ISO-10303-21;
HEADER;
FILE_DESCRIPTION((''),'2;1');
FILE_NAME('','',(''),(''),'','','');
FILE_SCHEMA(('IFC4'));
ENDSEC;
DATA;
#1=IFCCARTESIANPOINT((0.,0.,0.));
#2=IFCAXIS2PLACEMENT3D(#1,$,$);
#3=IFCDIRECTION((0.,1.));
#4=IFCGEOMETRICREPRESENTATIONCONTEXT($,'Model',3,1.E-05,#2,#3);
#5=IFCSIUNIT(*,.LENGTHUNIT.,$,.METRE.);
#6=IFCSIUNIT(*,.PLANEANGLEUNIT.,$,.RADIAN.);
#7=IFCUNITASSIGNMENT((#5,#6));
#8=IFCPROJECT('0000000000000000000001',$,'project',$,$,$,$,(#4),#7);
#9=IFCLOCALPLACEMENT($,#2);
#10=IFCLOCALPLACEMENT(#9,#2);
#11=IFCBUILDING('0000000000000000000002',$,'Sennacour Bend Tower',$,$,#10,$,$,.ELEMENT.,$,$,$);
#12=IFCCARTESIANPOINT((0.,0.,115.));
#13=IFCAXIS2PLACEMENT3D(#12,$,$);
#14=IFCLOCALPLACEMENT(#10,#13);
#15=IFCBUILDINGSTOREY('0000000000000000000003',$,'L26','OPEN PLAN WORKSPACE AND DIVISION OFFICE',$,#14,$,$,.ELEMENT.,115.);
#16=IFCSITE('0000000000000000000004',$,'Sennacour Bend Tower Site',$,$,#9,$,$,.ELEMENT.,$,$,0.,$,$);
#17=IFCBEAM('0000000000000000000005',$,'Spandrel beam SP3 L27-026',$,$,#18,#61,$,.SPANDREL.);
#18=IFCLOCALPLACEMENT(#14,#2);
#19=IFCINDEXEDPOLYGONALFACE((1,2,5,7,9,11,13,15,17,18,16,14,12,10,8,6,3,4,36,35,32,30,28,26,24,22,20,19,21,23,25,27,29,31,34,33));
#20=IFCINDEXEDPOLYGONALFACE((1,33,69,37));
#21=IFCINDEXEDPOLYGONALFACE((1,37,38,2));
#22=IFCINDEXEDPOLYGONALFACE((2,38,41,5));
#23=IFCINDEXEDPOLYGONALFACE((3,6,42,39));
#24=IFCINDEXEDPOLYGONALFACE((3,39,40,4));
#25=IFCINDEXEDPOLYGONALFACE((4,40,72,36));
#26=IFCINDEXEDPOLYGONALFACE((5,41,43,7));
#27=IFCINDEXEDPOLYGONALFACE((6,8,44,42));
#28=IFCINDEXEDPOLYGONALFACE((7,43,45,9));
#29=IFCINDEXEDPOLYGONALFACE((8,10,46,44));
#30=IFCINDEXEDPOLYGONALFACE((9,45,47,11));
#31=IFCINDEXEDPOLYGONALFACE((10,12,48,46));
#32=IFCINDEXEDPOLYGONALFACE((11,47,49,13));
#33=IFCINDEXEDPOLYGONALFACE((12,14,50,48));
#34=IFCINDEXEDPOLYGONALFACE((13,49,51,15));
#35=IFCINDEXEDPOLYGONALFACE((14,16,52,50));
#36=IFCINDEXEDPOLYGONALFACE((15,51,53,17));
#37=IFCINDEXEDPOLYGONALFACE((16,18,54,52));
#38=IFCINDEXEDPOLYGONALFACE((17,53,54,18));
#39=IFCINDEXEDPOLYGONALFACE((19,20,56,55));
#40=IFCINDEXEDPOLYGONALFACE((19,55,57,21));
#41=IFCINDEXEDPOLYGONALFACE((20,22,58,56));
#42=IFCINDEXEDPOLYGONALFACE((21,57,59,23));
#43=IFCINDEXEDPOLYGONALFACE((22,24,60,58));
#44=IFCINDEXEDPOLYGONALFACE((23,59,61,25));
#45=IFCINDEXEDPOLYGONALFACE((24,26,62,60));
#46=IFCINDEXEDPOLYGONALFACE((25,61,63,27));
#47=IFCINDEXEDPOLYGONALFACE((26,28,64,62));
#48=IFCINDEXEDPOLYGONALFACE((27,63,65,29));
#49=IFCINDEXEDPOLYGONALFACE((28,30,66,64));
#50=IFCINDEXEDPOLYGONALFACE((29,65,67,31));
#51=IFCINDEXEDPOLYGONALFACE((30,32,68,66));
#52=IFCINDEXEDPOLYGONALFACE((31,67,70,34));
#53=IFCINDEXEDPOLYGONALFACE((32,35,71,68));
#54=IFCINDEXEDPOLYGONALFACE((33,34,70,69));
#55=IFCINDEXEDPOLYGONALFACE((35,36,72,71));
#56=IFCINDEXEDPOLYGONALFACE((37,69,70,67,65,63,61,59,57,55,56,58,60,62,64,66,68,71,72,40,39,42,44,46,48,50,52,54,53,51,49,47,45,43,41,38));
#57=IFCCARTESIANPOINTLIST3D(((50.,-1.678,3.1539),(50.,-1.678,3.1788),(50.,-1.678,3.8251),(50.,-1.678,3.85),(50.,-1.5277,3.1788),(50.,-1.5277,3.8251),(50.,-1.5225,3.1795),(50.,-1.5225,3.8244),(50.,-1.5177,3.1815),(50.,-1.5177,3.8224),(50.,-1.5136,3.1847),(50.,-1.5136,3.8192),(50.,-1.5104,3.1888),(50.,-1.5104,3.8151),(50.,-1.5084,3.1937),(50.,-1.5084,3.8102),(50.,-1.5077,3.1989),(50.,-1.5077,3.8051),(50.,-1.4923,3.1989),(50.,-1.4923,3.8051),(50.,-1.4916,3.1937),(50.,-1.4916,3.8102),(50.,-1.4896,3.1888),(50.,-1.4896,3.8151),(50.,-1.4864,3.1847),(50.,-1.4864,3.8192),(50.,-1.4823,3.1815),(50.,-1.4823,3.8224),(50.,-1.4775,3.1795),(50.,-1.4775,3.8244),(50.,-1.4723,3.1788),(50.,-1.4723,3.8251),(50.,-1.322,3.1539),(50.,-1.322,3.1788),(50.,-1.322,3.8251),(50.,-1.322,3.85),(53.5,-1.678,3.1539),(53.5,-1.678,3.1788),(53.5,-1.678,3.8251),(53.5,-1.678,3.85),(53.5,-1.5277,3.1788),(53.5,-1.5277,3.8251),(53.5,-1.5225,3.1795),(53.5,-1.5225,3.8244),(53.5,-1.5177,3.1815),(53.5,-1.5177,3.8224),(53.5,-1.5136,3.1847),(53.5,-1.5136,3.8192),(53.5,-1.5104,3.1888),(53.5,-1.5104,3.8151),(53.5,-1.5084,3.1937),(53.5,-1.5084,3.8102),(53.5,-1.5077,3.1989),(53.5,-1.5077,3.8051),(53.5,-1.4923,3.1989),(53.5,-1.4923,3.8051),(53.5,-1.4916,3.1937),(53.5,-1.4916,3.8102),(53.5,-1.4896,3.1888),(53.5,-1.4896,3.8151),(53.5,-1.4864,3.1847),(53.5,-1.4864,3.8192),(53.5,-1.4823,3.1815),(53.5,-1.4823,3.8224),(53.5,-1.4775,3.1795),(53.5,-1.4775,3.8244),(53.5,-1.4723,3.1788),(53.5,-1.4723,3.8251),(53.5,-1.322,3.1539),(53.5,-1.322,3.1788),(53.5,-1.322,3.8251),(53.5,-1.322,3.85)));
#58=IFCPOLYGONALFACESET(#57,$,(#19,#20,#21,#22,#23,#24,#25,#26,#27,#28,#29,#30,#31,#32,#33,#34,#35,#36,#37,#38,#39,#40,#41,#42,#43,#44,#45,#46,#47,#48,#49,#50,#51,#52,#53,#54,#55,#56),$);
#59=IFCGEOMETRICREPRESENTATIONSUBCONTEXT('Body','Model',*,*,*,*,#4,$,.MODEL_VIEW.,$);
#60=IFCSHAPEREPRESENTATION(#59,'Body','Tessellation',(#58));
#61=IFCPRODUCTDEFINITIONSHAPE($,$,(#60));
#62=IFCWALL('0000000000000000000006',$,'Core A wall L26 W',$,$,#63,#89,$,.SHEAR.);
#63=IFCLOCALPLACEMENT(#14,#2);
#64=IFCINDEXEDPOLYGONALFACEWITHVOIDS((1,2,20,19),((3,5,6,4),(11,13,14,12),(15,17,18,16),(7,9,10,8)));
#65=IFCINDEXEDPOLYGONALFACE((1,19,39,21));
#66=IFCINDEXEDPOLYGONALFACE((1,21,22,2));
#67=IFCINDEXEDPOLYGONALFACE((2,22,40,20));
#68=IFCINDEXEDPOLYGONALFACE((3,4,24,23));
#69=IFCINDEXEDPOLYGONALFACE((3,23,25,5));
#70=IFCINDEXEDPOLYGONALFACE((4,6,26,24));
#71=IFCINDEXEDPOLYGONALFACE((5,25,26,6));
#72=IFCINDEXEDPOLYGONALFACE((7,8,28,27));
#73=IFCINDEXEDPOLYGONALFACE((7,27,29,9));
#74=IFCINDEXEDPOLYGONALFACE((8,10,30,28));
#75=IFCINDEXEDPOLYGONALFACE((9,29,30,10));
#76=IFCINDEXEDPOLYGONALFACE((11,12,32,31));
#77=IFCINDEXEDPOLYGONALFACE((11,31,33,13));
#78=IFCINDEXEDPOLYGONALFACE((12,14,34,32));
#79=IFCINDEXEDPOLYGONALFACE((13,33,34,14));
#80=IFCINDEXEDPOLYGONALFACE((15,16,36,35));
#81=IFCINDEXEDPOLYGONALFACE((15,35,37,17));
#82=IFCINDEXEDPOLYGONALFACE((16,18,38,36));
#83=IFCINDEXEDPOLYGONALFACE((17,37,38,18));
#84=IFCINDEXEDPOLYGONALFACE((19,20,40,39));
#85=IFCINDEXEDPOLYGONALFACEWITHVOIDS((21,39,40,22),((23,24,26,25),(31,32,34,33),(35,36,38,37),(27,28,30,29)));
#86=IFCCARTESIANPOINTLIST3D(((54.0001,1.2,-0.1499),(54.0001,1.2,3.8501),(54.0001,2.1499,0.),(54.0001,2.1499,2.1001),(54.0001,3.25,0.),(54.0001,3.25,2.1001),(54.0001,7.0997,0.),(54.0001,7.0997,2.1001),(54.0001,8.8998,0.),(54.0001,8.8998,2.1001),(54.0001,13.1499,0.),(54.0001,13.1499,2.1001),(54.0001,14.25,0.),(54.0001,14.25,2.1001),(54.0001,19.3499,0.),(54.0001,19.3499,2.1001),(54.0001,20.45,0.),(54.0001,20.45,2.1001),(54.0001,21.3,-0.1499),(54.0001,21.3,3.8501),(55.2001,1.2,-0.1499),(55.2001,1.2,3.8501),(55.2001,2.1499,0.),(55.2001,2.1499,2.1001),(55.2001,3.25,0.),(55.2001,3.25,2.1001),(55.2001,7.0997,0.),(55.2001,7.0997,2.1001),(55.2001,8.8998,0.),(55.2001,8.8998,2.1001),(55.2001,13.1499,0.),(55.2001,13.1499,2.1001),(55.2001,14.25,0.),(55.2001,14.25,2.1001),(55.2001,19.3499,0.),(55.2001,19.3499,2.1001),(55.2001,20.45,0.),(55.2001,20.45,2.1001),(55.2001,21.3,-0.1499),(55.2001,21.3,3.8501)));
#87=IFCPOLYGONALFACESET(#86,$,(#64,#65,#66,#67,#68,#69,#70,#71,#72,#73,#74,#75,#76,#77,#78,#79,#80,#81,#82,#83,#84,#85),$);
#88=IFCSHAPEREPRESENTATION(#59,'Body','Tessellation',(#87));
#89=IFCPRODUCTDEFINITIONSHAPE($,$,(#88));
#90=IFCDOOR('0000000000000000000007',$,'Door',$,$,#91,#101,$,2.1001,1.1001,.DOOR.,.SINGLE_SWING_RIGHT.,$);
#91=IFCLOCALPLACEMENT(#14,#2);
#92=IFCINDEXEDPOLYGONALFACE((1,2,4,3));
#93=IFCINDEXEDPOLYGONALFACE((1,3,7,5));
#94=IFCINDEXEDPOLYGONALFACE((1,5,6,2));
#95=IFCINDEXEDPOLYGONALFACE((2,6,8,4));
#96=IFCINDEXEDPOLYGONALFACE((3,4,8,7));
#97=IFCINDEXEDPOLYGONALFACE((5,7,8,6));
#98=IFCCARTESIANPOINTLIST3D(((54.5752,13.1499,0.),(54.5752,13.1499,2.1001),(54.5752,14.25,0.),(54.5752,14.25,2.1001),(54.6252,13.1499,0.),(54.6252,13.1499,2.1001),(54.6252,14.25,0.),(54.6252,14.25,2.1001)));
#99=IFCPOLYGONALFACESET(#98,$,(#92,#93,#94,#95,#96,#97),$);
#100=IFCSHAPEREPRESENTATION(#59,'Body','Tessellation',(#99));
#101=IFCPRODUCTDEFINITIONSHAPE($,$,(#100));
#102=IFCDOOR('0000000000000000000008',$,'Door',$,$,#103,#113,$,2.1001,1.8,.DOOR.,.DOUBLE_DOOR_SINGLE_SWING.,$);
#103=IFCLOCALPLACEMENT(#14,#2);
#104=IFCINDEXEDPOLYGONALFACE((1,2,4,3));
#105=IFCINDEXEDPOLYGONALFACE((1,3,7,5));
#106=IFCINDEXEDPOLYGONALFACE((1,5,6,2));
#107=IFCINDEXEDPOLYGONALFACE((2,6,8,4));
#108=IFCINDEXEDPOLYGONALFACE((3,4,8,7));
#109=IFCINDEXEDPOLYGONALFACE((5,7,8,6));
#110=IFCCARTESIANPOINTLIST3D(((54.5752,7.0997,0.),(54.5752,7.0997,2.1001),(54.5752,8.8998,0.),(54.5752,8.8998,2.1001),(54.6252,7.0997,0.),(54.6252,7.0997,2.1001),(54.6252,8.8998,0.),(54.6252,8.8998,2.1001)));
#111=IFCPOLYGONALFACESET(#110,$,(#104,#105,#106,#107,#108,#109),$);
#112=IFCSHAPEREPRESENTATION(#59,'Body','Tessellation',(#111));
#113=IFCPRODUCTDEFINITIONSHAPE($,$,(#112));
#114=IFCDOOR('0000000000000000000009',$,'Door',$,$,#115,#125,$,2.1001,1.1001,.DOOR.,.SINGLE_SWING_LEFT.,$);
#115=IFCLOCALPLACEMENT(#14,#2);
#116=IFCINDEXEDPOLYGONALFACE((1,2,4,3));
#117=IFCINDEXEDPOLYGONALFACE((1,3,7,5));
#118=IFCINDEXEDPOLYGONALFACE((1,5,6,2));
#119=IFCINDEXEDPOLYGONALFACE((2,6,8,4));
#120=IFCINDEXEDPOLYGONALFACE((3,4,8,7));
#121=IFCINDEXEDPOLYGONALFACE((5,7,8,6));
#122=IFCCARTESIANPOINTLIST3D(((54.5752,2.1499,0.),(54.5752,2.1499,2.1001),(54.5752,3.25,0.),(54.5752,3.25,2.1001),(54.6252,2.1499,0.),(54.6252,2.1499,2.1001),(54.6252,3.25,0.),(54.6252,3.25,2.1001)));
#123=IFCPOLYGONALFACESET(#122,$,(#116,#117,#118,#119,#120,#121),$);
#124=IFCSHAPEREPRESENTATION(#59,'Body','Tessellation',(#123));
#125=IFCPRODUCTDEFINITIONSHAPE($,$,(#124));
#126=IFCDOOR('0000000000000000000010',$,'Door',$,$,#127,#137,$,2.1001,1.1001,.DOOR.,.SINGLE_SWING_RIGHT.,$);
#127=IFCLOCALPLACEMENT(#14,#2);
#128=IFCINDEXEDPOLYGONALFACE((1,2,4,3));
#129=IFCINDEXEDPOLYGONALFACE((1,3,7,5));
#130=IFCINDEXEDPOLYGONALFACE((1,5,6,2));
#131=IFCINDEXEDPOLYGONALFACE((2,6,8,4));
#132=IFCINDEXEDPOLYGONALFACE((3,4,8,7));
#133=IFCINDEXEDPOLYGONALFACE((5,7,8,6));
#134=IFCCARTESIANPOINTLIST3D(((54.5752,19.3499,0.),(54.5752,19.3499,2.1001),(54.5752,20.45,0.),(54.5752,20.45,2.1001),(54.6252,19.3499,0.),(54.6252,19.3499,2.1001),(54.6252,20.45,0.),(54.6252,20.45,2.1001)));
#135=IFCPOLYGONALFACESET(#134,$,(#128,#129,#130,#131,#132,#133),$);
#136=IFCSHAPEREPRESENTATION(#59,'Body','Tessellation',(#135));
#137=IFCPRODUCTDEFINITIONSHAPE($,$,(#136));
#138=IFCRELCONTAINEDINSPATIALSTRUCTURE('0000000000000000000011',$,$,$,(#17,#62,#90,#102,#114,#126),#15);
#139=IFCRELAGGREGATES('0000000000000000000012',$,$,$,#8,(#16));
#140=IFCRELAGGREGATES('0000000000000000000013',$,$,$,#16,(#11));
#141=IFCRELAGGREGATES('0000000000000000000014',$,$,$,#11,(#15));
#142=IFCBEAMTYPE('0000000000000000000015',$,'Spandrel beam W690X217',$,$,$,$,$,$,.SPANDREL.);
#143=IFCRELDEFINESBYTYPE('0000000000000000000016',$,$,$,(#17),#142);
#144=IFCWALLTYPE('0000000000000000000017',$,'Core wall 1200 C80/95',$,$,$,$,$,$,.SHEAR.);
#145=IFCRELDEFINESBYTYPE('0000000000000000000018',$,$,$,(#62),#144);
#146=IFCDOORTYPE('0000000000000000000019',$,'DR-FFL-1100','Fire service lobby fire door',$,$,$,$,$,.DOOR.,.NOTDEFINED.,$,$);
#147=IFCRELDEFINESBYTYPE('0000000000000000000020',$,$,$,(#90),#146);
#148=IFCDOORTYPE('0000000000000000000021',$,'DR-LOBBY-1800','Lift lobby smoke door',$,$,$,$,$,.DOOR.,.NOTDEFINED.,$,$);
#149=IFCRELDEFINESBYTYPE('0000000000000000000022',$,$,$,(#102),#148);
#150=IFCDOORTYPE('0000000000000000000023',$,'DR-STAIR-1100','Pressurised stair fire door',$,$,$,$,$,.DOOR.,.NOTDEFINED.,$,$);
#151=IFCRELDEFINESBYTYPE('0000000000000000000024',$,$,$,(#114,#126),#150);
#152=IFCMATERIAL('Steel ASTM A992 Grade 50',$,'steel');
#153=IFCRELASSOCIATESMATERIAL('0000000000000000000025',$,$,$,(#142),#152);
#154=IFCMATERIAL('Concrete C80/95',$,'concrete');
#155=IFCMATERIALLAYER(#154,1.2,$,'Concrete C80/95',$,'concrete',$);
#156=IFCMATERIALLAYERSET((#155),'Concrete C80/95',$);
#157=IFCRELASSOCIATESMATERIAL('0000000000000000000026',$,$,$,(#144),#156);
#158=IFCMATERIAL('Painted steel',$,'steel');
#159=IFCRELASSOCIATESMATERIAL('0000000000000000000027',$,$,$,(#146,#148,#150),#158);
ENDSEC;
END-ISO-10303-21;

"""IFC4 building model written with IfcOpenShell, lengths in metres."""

from ifc_helpers import new_model, si_unit, direction, frame, frame_2d, origin, origin_2d, place, context, subcontext, project, spatial, rectangle, i_section, extrude, material, layer, layer_set, material_profile, profile_set, type_object, element, fill, save


model = new_model("IFC4")

# Units and contexts
model_context = context("Model", 3, precision=1e-05, world=origin(), true_north=direction((0.0, 1.0)))
body_context = subcontext(model_context, "Body", "Model", "MODEL_VIEW")
ifc_project = project(units=[si_unit("LENGTHUNIT", "METRE"), si_unit("PLANEANGLEUNIT", "RADIAN")], contexts=[model_context])

# Site, building, storey
site_placement = place(None, origin())
site = spatial("IfcSite", under=ifc_project, at=site_placement, Name="Sennacour Bend Tower Site", CompositionType="ELEMENT", RefElevation=0.0)
building_placement = place(site_placement, origin())
building = spatial("IfcBuilding", under=site, at=building_placement, Name="Sennacour Bend Tower", CompositionType="ELEMENT")
storey_placement = place(building_placement, frame((0.0, 0.0, 115.0)))
storey = spatial("IfcBuildingStorey", under=building, at=storey_placement, Name="L26", Description="OPEN PLAN WORKSPACE AND DIVISION OFFICE", CompositionType="ELEMENT", Elevation=115.0)

# Beam
ifc_material_1 = material(Name="Steel ASTM A992 Grade 50", Category="steel")
ifc_material_profile_1 = material_profile(ifc_material_1, i_section(OverallWidth=0.356, OverallDepth=0.696, WebThickness=0.0154, FlangeThickness=0.0249, FilletRadius=0.02, at=origin_2d()), Name="Steel ASTM A992 Grade 50", Category="steel")
ifc_profile_set_1 = profile_set([ifc_material_profile_1], Name="Steel ASTM A992 Grade 50")
beam_type_1 = type_object("IfcBeamType", Name="Spandrel beam W690X217", PredefinedType="SPANDREL", material=ifc_profile_set_1)
beam_1_placement = place(storey_placement, frame((53.5, -1.5, 3.502), z_axis=(-1.0, 0.0, 0.0), x_axis=(0.0, -1.0, 0.0)))
element("IfcBeam", 1, at=beam_1_placement, inside=storey, type_object=beam_type_1, Name="Spandrel beam SP3 L27-026", PredefinedType="SPANDREL", context=body_context, shape_type="SweptSolid", body=[
    extrude(i_section(OverallWidth=0.356, OverallDepth=0.696, WebThickness=0.0154, FlangeThickness=0.0249, FilletRadius=0.02, at=origin_2d()), origin(), (0.0, 0.0, 1.0), 3.5),
])

# Wall, openings, doors
ifc_material_2 = material(Name="Concrete C80/95", Category="concrete")
ifc_layer_1 = layer(ifc_material_2, 1.2, Name="Concrete C80/95", Category="concrete")
ifc_layer_set_1 = layer_set([ifc_layer_1], Name="Concrete C80/95")
wall_type_1 = type_object("IfcWallType", Name="Core wall 1200 C80/95", PredefinedType="SHEAR", material=ifc_layer_set_1)
wall_1_placement = place(storey_placement, frame((54.6001, 1.2, -0.1499), z_axis=(0.0, 0.0, 1.0), x_axis=(0.0, 1.0, 0.0)))
wall_1 = element("IfcWall", 2, at=wall_1_placement, inside=storey, type_object=wall_type_1, Name="Core A wall L26 W", PredefinedType="SHEAR", context=body_context, shape_type="SweptSolid", body=[
    extrude(rectangle(XDim=20.1001, YDim=1.2, at=frame_2d((10.05, 0.0))), origin(), (0.0, 0.0, 1.0), 4.0),
])
opening_1_placement = place(wall_1_placement, frame((5.8999, 0.0, 0.1499)))
opening_1 = element("IfcOpeningElement", 3, at=opening_1_placement, cuts=wall_1, PredefinedType="OPENING", context=body_context, shape_type="SweptSolid", body=[
    extrude(rectangle(XDim=1.8, YDim=2.1001, at=frame_2d((0.8999, 1.05))), frame((0.0, 0.6099, 0.0), z_axis=(0.0, -1.0, 0.0), x_axis=(1.0, 0.0, 0.0)), (0.0, 0.0, 1.0), 1.22),
])
opening_2_placement = place(wall_1_placement, frame((11.95, 0.0, 0.1499)))
opening_2 = element("IfcOpeningElement", 4, at=opening_2_placement, cuts=wall_1, PredefinedType="OPENING", context=body_context, shape_type="SweptSolid", body=[
    extrude(rectangle(XDim=1.1001, YDim=2.1001, at=frame_2d((0.55, 1.05))), frame((0.0, 0.6099, 0.0), z_axis=(0.0, -1.0, 0.0), x_axis=(1.0, 0.0, 0.0)), (0.0, 0.0, 1.0), 1.22),
])
opening_3_placement = place(wall_1_placement, frame((0.95, 0.0, 0.1499)))
opening_3 = element("IfcOpeningElement", 5, at=opening_3_placement, cuts=wall_1, PredefinedType="OPENING", context=body_context, shape_type="SweptSolid", body=[
    extrude(rectangle(XDim=1.1001, YDim=2.1001, at=frame_2d((0.55, 1.05))), frame((0.0, 0.6099, 0.0), z_axis=(0.0, -1.0, 0.0), x_axis=(1.0, 0.0, 0.0)), (0.0, 0.0, 1.0), 1.22),
])
opening_4_placement = place(wall_1_placement, frame((18.1499, 0.0, 0.1499)))
opening_4 = element("IfcOpeningElement", 6, at=opening_4_placement, cuts=wall_1, PredefinedType="OPENING", context=body_context, shape_type="SweptSolid", body=[
    extrude(rectangle(XDim=1.1001, YDim=2.1001, at=frame_2d((0.55, 1.05))), frame((0.0, 0.6099, 0.0), z_axis=(0.0, -1.0, 0.0), x_axis=(1.0, 0.0, 0.0)), (0.0, 0.0, 1.0), 1.22),
])
ifc_material_3 = material(Name="Painted steel", Category="steel")
door_type_1 = type_object("IfcDoorType", Name="DR-FFL-1100", Description="Fire service lobby fire door", OperationType="NOTDEFINED", PredefinedType="DOOR", material=ifc_material_3)
door_1_placement = place(opening_2_placement, origin())
door_1 = element("IfcDoor", 7, at=door_1_placement, inside=storey, type_object=door_type_1, Name="Door", OperationType="SINGLE_SWING_RIGHT", OverallHeight=2.1001, OverallWidth=1.1001, PredefinedType="DOOR", context=body_context, shape_type="SweptSolid", body=[
    extrude(rectangle(XDim=1.1001, YDim=2.1001, at=frame_2d((0.55, 1.05))), frame((0.0, 0.0249, 0.0), z_axis=(0.0, -1.0, 0.0), x_axis=(1.0, 0.0, 0.0)), (0.0, 0.0, 1.0), 0.05),
])
fill(opening_2, door_1)
door_type_2 = type_object("IfcDoorType", Name="DR-LOBBY-1800", Description="Lift lobby smoke door", OperationType="NOTDEFINED", PredefinedType="DOOR", material=ifc_material_3)
door_2_placement = place(opening_1_placement, origin())
door_2 = element("IfcDoor", 8, at=door_2_placement, inside=storey, type_object=door_type_2, Name="Door", OperationType="DOUBLE_DOOR_SINGLE_SWING", OverallHeight=2.1001, OverallWidth=1.8, PredefinedType="DOOR", context=body_context, shape_type="SweptSolid", body=[
    extrude(rectangle(XDim=1.8, YDim=2.1001, at=frame_2d((0.8999, 1.05))), frame((0.0, 0.0249, 0.0), z_axis=(0.0, -1.0, 0.0), x_axis=(1.0, 0.0, 0.0)), (0.0, 0.0, 1.0), 0.05),
])
fill(opening_1, door_2)
door_type_3 = type_object("IfcDoorType", Name="DR-STAIR-1100", Description="Pressurised stair fire door", OperationType="NOTDEFINED", PredefinedType="DOOR", material=ifc_material_3)
door_3_placement = place(opening_3_placement, origin())
door_3 = element("IfcDoor", 9, at=door_3_placement, inside=storey, type_object=door_type_3, Name="Door", OperationType="SINGLE_SWING_LEFT", OverallHeight=2.1001, OverallWidth=1.1001, PredefinedType="DOOR", context=body_context, shape_type="SweptSolid", body=[
    extrude(rectangle(XDim=1.1001, YDim=2.1001, at=frame_2d((0.55, 1.05))), frame((0.0, 0.0249, 0.0), z_axis=(0.0, -1.0, 0.0), x_axis=(1.0, 0.0, 0.0)), (0.0, 0.0, 1.0), 0.05),
])
fill(opening_3, door_3)
door_4_placement = place(opening_4_placement, origin())
door_4 = element("IfcDoor", 10, at=door_4_placement, inside=storey, type_object=door_type_3, Name="Door", OperationType="SINGLE_SWING_RIGHT", OverallHeight=2.1001, OverallWidth=1.1001, PredefinedType="DOOR", context=body_context, shape_type="SweptSolid", body=[
    extrude(rectangle(XDim=1.1001, YDim=2.1001, at=frame_2d((0.55, 1.05))), frame((0.0, 0.0249, 0.0), z_axis=(0.0, -1.0, 0.0), x_axis=(1.0, 0.0, 0.0)), (0.0, 0.0, 1.0), 0.05),
])
fill(opening_4, door_4)

save(model, "model.ifc")
